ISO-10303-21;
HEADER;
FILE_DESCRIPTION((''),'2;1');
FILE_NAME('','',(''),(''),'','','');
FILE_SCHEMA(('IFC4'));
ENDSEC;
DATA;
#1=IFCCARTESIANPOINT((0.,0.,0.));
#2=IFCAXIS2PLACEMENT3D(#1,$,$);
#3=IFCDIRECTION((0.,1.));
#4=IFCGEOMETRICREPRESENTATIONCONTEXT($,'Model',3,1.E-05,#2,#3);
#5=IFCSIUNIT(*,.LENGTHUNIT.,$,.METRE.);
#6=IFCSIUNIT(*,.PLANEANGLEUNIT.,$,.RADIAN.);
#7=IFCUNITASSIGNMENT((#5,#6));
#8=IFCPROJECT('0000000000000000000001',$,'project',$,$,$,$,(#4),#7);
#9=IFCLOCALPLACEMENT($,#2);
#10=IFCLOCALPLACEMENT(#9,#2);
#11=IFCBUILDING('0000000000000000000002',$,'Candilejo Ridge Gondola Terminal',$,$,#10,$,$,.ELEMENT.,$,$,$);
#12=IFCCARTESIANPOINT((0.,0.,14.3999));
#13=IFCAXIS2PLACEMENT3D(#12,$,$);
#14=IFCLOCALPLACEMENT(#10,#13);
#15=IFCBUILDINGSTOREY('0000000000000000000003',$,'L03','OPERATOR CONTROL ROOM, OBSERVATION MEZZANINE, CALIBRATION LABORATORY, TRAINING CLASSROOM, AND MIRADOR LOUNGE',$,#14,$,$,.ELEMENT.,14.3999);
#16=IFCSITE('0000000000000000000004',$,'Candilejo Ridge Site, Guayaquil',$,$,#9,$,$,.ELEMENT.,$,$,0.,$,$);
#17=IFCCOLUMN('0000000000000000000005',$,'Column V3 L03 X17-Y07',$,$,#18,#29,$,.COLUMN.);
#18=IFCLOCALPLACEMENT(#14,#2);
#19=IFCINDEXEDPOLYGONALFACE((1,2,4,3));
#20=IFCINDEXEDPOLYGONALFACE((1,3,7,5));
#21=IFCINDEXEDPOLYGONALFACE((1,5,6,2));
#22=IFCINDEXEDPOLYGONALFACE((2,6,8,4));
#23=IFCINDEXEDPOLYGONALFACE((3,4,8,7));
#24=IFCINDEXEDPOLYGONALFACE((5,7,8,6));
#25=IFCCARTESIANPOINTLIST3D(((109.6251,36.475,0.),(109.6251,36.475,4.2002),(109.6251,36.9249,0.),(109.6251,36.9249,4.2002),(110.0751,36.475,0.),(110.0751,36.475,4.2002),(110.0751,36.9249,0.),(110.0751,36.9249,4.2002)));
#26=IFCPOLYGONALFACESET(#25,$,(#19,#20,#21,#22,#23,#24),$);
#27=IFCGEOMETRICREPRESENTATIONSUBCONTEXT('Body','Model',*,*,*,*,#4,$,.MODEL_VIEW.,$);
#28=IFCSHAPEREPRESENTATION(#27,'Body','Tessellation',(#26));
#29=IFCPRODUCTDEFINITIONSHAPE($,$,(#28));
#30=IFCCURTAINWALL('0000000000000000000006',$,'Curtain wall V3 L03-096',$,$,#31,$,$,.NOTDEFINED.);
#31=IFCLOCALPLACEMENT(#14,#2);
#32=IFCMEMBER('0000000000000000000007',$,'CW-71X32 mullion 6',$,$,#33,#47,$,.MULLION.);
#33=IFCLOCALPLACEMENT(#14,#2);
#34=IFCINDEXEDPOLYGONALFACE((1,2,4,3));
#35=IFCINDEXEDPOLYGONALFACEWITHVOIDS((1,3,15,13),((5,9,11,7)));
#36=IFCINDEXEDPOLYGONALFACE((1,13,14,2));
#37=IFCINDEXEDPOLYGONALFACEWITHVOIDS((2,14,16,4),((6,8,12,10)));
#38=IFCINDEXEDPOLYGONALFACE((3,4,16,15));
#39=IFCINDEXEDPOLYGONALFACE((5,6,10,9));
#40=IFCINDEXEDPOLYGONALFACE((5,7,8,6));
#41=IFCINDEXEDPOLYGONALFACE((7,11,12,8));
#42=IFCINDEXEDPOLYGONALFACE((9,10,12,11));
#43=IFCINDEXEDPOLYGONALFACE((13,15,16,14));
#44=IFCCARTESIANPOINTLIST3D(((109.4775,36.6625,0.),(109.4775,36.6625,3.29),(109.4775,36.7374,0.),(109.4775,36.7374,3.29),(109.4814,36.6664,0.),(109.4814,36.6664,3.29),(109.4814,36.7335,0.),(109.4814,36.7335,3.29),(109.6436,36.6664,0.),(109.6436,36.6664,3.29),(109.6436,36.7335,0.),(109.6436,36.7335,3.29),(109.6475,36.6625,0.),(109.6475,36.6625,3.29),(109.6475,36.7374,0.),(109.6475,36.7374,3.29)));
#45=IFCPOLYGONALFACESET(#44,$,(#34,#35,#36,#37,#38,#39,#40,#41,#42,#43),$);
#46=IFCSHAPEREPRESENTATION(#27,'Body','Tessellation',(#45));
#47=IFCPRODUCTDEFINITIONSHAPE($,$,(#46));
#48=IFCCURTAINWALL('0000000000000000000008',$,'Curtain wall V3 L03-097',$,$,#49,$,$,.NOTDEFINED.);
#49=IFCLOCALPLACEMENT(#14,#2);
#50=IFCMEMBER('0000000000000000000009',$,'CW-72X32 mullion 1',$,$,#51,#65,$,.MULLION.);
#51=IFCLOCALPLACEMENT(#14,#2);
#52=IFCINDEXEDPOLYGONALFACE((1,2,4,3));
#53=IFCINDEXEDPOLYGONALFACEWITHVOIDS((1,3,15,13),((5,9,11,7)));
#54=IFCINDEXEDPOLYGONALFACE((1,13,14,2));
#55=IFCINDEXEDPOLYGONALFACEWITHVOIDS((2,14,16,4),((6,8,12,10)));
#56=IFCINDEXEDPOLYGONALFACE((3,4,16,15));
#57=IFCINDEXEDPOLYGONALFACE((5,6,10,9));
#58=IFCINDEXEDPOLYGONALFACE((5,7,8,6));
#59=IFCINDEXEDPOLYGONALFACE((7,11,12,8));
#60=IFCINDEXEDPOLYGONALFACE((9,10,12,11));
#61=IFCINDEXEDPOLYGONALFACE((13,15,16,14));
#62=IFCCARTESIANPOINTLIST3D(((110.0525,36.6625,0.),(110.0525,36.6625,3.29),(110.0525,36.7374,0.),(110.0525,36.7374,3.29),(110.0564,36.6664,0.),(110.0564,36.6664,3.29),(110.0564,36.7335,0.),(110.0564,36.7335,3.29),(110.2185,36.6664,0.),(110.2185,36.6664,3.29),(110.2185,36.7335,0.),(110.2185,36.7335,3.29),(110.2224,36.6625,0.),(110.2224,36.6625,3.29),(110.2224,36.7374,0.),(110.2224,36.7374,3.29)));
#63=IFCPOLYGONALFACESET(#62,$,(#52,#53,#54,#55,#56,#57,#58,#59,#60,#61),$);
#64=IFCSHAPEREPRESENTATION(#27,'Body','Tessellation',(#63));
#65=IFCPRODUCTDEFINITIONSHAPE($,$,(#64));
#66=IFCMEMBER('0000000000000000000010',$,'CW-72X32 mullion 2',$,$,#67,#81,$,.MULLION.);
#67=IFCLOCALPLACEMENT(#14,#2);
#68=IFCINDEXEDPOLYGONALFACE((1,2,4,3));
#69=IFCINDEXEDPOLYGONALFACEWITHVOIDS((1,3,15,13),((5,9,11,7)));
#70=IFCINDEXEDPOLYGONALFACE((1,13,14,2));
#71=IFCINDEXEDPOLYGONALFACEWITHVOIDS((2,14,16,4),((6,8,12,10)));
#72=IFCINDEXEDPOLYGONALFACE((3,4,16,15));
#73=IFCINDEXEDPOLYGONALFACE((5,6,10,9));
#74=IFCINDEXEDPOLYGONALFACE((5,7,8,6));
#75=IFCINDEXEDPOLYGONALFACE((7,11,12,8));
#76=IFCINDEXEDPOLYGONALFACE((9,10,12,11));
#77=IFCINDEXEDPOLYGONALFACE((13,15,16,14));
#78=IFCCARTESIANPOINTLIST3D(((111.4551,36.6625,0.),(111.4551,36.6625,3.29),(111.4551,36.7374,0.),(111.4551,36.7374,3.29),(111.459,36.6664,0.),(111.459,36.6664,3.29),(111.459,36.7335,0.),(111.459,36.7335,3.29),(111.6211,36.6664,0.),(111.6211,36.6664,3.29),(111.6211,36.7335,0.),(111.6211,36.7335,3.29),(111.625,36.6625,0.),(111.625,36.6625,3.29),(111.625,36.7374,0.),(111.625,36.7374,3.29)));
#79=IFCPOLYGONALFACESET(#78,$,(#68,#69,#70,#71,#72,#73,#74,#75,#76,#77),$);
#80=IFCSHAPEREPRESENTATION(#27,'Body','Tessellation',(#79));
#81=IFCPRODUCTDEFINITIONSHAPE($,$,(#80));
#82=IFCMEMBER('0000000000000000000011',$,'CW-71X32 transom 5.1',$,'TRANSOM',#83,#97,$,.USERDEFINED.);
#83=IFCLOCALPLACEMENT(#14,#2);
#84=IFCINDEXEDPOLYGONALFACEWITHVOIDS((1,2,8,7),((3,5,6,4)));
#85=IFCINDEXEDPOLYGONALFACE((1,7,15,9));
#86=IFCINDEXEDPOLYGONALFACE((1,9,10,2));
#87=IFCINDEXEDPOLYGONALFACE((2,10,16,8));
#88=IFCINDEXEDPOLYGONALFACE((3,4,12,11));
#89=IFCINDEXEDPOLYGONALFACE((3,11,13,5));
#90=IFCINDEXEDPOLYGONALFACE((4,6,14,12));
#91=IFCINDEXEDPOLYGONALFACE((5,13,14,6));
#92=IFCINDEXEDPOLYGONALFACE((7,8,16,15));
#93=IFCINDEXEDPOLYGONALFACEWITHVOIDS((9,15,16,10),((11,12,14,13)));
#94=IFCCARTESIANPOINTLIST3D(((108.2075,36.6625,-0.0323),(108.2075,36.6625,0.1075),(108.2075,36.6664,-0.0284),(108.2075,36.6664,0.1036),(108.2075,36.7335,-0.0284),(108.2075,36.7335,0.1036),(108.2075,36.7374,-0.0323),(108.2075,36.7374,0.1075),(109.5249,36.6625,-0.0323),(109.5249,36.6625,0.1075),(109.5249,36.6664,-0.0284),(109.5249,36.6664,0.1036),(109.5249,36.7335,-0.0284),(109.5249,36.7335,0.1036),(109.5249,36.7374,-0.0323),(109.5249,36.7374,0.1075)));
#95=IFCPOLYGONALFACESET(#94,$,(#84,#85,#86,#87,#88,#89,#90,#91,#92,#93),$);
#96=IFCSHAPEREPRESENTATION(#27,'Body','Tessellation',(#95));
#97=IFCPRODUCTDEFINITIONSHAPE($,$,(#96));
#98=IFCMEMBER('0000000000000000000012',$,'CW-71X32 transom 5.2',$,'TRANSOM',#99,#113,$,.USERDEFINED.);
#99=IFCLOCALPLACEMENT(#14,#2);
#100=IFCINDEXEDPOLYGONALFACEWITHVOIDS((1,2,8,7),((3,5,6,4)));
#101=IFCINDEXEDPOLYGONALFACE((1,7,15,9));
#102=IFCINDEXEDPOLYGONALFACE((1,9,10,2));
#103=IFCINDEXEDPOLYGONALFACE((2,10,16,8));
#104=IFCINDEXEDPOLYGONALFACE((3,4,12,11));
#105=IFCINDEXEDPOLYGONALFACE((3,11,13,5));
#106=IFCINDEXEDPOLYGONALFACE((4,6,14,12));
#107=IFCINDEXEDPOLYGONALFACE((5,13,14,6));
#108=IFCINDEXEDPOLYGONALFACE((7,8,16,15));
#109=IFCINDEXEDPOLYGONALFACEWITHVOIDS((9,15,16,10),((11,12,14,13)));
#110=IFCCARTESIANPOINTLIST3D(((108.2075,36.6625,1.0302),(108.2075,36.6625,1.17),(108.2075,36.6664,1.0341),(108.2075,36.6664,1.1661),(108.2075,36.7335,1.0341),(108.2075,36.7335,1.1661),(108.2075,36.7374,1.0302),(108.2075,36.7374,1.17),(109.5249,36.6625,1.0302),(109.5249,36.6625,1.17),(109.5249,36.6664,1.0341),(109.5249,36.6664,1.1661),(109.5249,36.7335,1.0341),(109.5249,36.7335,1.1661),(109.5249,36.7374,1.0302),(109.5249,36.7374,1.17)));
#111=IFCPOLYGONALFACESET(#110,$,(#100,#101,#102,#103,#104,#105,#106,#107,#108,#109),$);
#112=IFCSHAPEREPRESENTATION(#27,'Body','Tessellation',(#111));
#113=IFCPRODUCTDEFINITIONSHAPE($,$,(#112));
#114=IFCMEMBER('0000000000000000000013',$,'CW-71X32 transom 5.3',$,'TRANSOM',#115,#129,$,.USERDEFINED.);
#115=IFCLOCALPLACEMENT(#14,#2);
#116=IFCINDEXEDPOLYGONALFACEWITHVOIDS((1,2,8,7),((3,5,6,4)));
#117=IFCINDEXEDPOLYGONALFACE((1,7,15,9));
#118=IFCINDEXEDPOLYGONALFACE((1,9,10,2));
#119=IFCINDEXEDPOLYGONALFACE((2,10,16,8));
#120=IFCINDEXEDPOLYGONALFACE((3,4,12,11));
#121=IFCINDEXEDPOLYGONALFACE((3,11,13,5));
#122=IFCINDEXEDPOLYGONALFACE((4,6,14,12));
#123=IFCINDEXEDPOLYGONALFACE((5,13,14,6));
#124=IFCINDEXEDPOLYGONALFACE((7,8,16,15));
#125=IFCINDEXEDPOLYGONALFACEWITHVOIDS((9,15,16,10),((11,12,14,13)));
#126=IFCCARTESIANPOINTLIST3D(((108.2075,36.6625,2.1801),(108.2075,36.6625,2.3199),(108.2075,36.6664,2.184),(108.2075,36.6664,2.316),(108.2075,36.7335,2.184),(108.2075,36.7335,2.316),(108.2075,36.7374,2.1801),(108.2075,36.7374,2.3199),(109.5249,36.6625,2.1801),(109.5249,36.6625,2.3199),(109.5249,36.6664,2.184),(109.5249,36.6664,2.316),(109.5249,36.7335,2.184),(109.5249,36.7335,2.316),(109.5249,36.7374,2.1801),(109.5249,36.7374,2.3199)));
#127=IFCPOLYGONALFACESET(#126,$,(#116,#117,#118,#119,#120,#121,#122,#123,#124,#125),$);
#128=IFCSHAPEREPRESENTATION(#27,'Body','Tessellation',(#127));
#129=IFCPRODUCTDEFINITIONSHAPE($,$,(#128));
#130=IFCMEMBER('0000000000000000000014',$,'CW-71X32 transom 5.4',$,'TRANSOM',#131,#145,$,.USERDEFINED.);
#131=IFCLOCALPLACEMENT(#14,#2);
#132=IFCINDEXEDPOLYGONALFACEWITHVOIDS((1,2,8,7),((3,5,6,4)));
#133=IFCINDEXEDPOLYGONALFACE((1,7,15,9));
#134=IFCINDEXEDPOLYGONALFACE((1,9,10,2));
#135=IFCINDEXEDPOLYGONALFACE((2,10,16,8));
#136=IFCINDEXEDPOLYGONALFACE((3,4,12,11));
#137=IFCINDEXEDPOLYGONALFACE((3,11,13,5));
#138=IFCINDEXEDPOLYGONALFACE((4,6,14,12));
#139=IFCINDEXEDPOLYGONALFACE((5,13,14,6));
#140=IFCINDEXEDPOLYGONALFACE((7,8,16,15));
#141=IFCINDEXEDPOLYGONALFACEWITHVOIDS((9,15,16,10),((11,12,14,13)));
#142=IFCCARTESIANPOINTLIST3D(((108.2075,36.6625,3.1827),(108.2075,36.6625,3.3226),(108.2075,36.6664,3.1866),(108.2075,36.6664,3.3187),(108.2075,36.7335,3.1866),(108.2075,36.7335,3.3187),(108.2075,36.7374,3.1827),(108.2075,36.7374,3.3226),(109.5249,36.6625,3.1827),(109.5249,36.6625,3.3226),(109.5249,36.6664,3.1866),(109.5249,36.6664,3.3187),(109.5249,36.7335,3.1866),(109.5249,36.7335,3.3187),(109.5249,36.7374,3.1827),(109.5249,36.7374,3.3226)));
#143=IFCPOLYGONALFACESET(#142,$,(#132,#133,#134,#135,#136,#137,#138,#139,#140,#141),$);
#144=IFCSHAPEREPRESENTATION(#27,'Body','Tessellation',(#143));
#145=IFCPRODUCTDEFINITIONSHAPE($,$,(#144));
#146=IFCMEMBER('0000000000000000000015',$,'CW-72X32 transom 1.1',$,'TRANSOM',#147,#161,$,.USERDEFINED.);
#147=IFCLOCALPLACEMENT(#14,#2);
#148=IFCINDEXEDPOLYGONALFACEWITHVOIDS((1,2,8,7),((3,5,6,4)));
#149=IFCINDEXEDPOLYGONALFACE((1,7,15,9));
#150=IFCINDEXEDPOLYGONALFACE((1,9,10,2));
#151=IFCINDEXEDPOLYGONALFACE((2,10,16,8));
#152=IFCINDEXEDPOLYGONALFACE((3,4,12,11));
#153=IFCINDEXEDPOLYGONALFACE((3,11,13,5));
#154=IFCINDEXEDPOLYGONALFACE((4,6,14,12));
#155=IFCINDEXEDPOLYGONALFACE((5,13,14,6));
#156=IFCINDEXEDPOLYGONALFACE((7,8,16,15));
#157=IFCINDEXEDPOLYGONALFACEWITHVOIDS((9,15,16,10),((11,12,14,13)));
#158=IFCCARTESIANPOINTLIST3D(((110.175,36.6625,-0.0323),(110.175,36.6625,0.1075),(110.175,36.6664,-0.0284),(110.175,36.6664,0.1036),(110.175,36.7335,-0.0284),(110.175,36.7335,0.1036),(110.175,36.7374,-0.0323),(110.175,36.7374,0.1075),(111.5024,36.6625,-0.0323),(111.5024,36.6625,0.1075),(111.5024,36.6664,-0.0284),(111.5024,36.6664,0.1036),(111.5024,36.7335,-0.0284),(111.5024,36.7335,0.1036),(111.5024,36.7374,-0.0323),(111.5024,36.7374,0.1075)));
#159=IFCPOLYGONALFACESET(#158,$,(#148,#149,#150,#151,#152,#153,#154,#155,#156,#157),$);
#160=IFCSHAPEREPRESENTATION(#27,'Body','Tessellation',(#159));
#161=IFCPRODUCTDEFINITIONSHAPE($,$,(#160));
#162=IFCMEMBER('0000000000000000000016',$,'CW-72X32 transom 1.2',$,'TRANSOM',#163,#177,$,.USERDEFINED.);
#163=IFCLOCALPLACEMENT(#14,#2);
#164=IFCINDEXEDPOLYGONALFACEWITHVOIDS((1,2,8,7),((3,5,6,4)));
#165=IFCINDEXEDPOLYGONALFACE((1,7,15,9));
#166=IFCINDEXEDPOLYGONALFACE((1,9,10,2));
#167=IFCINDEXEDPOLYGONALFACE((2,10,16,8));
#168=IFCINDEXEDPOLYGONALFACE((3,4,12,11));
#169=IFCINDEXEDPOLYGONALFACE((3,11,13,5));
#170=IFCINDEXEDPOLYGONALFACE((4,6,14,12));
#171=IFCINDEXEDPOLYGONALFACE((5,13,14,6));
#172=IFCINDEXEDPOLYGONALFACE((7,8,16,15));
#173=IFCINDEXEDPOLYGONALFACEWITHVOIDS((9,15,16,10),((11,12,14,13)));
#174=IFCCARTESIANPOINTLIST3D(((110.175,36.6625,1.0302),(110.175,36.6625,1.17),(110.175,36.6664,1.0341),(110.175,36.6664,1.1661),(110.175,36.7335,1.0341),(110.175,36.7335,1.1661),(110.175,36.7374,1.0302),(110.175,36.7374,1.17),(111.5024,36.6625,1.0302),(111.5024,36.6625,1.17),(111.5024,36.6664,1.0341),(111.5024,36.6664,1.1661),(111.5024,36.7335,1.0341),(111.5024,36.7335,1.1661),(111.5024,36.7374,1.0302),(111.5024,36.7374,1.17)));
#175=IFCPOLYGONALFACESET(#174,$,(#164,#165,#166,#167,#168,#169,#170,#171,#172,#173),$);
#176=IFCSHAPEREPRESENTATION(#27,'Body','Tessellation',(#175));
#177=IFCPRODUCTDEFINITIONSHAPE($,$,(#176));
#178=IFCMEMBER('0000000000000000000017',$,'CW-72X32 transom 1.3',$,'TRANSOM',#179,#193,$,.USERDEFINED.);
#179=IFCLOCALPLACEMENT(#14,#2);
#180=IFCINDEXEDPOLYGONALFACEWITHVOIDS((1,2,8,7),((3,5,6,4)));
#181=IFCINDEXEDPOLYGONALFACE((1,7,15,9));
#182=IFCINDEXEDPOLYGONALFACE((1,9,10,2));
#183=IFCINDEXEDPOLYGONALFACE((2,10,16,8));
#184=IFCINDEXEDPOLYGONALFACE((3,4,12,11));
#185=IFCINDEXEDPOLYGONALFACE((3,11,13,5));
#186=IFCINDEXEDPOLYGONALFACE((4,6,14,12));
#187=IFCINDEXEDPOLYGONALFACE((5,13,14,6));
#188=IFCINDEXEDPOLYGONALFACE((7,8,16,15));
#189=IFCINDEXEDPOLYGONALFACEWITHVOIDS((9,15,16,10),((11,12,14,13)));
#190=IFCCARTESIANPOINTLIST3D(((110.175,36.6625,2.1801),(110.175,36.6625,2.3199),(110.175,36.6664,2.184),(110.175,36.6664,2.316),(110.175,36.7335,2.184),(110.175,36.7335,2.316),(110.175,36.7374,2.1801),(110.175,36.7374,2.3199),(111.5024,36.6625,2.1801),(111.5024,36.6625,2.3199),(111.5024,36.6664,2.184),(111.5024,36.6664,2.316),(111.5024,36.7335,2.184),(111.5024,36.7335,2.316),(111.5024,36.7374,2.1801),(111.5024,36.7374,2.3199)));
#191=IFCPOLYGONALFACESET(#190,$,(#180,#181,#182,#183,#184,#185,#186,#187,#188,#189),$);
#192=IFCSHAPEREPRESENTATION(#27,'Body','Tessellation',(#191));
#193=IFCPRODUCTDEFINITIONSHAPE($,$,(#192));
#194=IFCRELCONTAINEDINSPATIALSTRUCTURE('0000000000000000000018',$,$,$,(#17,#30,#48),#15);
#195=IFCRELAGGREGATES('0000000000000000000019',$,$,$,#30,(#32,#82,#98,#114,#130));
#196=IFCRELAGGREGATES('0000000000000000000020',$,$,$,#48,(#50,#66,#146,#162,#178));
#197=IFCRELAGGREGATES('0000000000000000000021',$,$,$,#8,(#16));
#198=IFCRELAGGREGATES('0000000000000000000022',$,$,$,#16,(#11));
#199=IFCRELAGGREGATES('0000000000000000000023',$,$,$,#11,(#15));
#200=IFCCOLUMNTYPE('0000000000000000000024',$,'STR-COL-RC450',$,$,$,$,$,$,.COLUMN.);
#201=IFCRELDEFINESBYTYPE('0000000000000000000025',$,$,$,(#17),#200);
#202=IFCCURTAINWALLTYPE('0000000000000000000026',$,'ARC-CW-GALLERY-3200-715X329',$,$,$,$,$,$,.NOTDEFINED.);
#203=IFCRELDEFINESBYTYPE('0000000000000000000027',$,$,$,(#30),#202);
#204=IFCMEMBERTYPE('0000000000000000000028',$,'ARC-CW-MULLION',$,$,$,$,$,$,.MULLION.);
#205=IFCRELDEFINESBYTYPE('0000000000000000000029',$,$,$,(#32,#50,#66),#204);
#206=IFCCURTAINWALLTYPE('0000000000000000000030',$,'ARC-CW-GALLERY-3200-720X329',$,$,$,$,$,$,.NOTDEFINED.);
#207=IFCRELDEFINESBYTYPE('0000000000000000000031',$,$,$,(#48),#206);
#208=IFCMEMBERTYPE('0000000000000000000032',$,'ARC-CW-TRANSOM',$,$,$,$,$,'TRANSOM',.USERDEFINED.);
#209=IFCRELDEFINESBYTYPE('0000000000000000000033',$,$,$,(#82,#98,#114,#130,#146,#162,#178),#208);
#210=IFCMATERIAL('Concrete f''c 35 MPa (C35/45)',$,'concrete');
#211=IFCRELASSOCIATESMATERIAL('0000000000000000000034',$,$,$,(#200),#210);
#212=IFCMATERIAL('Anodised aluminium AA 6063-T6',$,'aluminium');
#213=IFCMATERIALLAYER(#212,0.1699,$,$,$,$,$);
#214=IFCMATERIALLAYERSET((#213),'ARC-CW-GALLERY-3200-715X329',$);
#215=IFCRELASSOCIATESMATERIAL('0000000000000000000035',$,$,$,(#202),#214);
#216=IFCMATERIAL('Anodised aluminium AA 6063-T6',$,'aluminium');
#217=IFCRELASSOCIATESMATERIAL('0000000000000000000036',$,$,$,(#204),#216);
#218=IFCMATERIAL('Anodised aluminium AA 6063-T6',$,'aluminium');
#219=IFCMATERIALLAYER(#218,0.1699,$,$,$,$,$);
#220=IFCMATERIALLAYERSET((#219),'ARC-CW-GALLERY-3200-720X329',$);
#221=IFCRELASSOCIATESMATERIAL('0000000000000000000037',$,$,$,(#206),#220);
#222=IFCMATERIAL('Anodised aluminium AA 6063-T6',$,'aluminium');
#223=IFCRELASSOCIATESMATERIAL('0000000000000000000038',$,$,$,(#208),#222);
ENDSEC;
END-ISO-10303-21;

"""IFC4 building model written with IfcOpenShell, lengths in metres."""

from ifc_helpers import new_model, si_unit, direction, frame, origin, origin_2d, place, context, subcontext, project, spatial, rectangle, hollow_rectangle, extrude, material, layer, layer_set, material_profile, profile_set, type_object, element, aggregate, save


model = new_model("IFC4")

# Units and contexts
model_context = context("Model", 3, precision=1e-05, world=origin(), true_north=direction((0.0, 1.0)))
body_context = subcontext(model_context, "Body", "Model", "MODEL_VIEW")
ifc_project = project(units=[si_unit("LENGTHUNIT", "METRE"), si_unit("PLANEANGLEUNIT", "RADIAN")], contexts=[model_context])

# Site, building, storey
site_placement = place(None, origin())
site = spatial("IfcSite", under=ifc_project, at=site_placement, Name="Candilejo Ridge Site, Guayaquil", CompositionType="ELEMENT", RefElevation=0.0)
building_placement = place(site_placement, origin())
building = spatial("IfcBuilding", under=site, at=building_placement, Name="Candilejo Ridge Gondola Terminal", CompositionType="ELEMENT")
storey_placement = place(building_placement, frame((0.0, 0.0, 14.3999)))
storey = spatial("IfcBuildingStorey", under=building, at=storey_placement, Name="L03", Description="OPERATOR CONTROL ROOM, OBSERVATION MEZZANINE, CALIBRATION LABORATORY, TRAINING CLASSROOM, AND MIRADOR LOUNGE", CompositionType="ELEMENT", Elevation=14.3999)

# Column
ifc_material_1 = material(Name="Concrete f'c 35 MPa (C35/45)", Category="concrete")
ifc_material_profile_1 = material_profile(ifc_material_1, rectangle(XDim=0.45, YDim=0.45, at=origin_2d()))
ifc_profile_set_1 = profile_set([ifc_material_profile_1], Name="Concrete f'c 35 MPa (C35/45)")
column_type = type_object("IfcColumnType", Name="STR-COL-RC450", PredefinedType="COLUMN", material=ifc_profile_set_1)
column_placement = place(storey_placement, frame((109.8501, 36.7, 0.0), z_axis=(0.0, 0.0, 1.0), x_axis=(1.0, 0.0, 0.0)))
element("IfcColumn", 1, at=column_placement, inside=storey, type_object=column_type, Name="Column V3 L03 X17-Y07", PredefinedType="COLUMN", context=body_context, shape_type="SweptSolid", body=[
    extrude(rectangle(XDim=0.45, YDim=0.45, at=origin_2d()), origin(), (0.0, 0.0, 1.0), 4.2002),
])

# Curtain wall, member
ifc_material_2 = material(Name="Anodised aluminium AA 6063-T6", Category="aluminium")
ifc_layer_1 = layer(ifc_material_2, 0.1699)
ifc_layer_set_1 = layer_set([ifc_layer_1], Name="ARC-CW-GALLERY-3200-715X329")
curtain_wall_type_1 = type_object("IfcCurtainWallType", Name="ARC-CW-GALLERY-3200-715X329", PredefinedType="NOTDEFINED", material=ifc_layer_set_1)
curtain_wall_1_placement = place(storey_placement, origin())
curtain_wall_1 = element("IfcCurtainWall", 2, at=curtain_wall_1_placement, inside=storey, type_object=curtain_wall_type_1, Name="Curtain wall V3 L03-096", PredefinedType="NOTDEFINED")
ifc_material_3 = material(Name="Anodised aluminium AA 6063-T6", Category="aluminium")
ifc_material_profile_2 = material_profile(ifc_material_3, hollow_rectangle(XDim=0.075, YDim=0.1699, WallThickness=0.0039, at=origin_2d()))
ifc_profile_set_2 = profile_set([ifc_material_profile_2], Name="Anodised aluminium AA 6063-T6")
member_type_1 = type_object("IfcMemberType", Name="ARC-CW-MULLION", PredefinedType="MULLION", material=ifc_profile_set_2)
member_1_placement = place(storey_placement, frame((109.5625, 36.7, 0.0), z_axis=(0.0, 0.0, 1.0), x_axis=(0.0, 1.0, 0.0)))
member_1 = element("IfcMember", 3, at=member_1_placement, type_object=member_type_1, Name="CW-71X32 mullion 6", PredefinedType="MULLION", context=body_context, shape_type="SweptSolid", body=[
    extrude(hollow_rectangle(XDim=0.075, YDim=0.1699, WallThickness=0.0039, at=origin_2d()), origin(), (0.0, 0.0, 1.0), 3.29),
])

# Curtain wall, members
ifc_material_4 = material(Name="Anodised aluminium AA 6063-T6", Category="aluminium")
ifc_layer_2 = layer(ifc_material_4, 0.1699)
ifc_layer_set_2 = layer_set([ifc_layer_2], Name="ARC-CW-GALLERY-3200-720X329")
curtain_wall_type_2 = type_object("IfcCurtainWallType", Name="ARC-CW-GALLERY-3200-720X329", PredefinedType="NOTDEFINED", material=ifc_layer_set_2)
curtain_wall_2_placement = place(storey_placement, origin())
curtain_wall_2 = element("IfcCurtainWall", 4, at=curtain_wall_2_placement, inside=storey, type_object=curtain_wall_type_2, Name="Curtain wall V3 L03-097", PredefinedType="NOTDEFINED")
member_2_placement = place(storey_placement, frame((110.1375, 36.7, 0.0), z_axis=(0.0, 0.0, 1.0), x_axis=(0.0, 1.0, 0.0)))
member_2 = element("IfcMember", 5, at=member_2_placement, type_object=member_type_1, Name="CW-72X32 mullion 1", PredefinedType="MULLION", context=body_context, shape_type="SweptSolid", body=[
    extrude(hollow_rectangle(XDim=0.075, YDim=0.1699, WallThickness=0.0039, at=origin_2d()), origin(), (0.0, 0.0, 1.0), 3.29),
])
member_3_placement = place(storey_placement, frame((111.54, 36.7, 0.0), z_axis=(0.0, 0.0, 1.0), x_axis=(0.0, 1.0, 0.0)))
member_3 = element("IfcMember", 6, at=member_3_placement, type_object=member_type_1, Name="CW-72X32 mullion 2", PredefinedType="MULLION", context=body_context, shape_type="SweptSolid", body=[
    extrude(hollow_rectangle(XDim=0.075, YDim=0.1699, WallThickness=0.0039, at=origin_2d()), origin(), (0.0, 0.0, 1.0), 3.29),
])

# Members
ifc_material_5 = material(Name="Anodised aluminium AA 6063-T6", Category="aluminium")
ifc_material_profile_3 = material_profile(ifc_material_5, hollow_rectangle(XDim=0.075, YDim=0.1399, WallThickness=0.0039, at=origin_2d()))
ifc_profile_set_3 = profile_set([ifc_material_profile_3], Name="Anodised aluminium AA 6063-T6")
member_type_2 = type_object("IfcMemberType", Name="ARC-CW-TRANSOM", ElementType="TRANSOM", PredefinedType="USERDEFINED", material=ifc_profile_set_3)
member_4_placement = place(storey_placement, frame((108.2075, 36.7, 0.0376), z_axis=(1.0, 0.0, 0.0), x_axis=(0.0, 1.0, 0.0)))
member_4 = element("IfcMember", 7, at=member_4_placement, type_object=member_type_2, Name="CW-71X32 transom 5.1", ObjectType="TRANSOM", PredefinedType="USERDEFINED", context=body_context, shape_type="SweptSolid", body=[
    extrude(hollow_rectangle(XDim=0.075, YDim=0.1399, WallThickness=0.0039, at=origin_2d()), origin(), (0.0, 0.0, 1.0), 1.3174),
])
member_5_placement = place(storey_placement, frame((108.2075, 36.7, 1.1001), z_axis=(1.0, 0.0, 0.0), x_axis=(0.0, 1.0, 0.0)))
member_5 = element("IfcMember", 8, at=member_5_placement, type_object=member_type_2, Name="CW-71X32 transom 5.2", ObjectType="TRANSOM", PredefinedType="USERDEFINED", context=body_context, shape_type="SweptSolid", body=[
    extrude(hollow_rectangle(XDim=0.075, YDim=0.1399, WallThickness=0.0039, at=origin_2d()), origin(), (0.0, 0.0, 1.0), 1.3174),
])
member_6_placement = place(storey_placement, frame((108.2075, 36.7, 2.25), z_axis=(1.0, 0.0, 0.0), x_axis=(0.0, 1.0, 0.0)))
member_6 = element("IfcMember", 9, at=member_6_placement, type_object=member_type_2, Name="CW-71X32 transom 5.3", ObjectType="TRANSOM", PredefinedType="USERDEFINED", context=body_context, shape_type="SweptSolid", body=[
    extrude(hollow_rectangle(XDim=0.075, YDim=0.1399, WallThickness=0.0039, at=origin_2d()), origin(), (0.0, 0.0, 1.0), 1.3174),
])
member_7_placement = place(storey_placement, frame((108.2075, 36.7, 3.2527), z_axis=(1.0, 0.0, 0.0), x_axis=(0.0, 1.0, 0.0)))
member_7 = element("IfcMember", 10, at=member_7_placement, type_object=member_type_2, Name="CW-71X32 transom 5.4", ObjectType="TRANSOM", PredefinedType="USERDEFINED", context=body_context, shape_type="SweptSolid", body=[
    extrude(hollow_rectangle(XDim=0.075, YDim=0.1399, WallThickness=0.0039, at=origin_2d()), origin(), (0.0, 0.0, 1.0), 1.3174),
])
member_8_placement = place(storey_placement, frame((110.175, 36.7, 0.0376), z_axis=(1.0, 0.0, 0.0), x_axis=(0.0, 1.0, 0.0)))
member_8 = element("IfcMember", 11, at=member_8_placement, type_object=member_type_2, Name="CW-72X32 transom 1.1", ObjectType="TRANSOM", PredefinedType="USERDEFINED", context=body_context, shape_type="SweptSolid", body=[
    extrude(hollow_rectangle(XDim=0.075, YDim=0.1399, WallThickness=0.0039, at=origin_2d()), origin(), (0.0, 0.0, 1.0), 1.3274),
])
member_9_placement = place(storey_placement, frame((110.175, 36.7, 1.1001), z_axis=(1.0, 0.0, 0.0), x_axis=(0.0, 1.0, 0.0)))
member_9 = element("IfcMember", 12, at=member_9_placement, type_object=member_type_2, Name="CW-72X32 transom 1.2", ObjectType="TRANSOM", PredefinedType="USERDEFINED", context=body_context, shape_type="SweptSolid", body=[
    extrude(hollow_rectangle(XDim=0.075, YDim=0.1399, WallThickness=0.0039, at=origin_2d()), origin(), (0.0, 0.0, 1.0), 1.3274),
])
member_10_placement = place(storey_placement, frame((110.175, 36.7, 2.25), z_axis=(1.0, 0.0, 0.0), x_axis=(0.0, 1.0, 0.0)))
member_10 = element("IfcMember", 13, at=member_10_placement, type_object=member_type_2, Name="CW-72X32 transom 1.3", ObjectType="TRANSOM", PredefinedType="USERDEFINED", context=body_context, shape_type="SweptSolid", body=[
    extrude(hollow_rectangle(XDim=0.075, YDim=0.1399, WallThickness=0.0039, at=origin_2d()), origin(), (0.0, 0.0, 1.0), 1.3274),
])

aggregate(curtain_wall_1, [member_1, member_4, member_5, member_6, member_7])
aggregate(curtain_wall_2, [member_2, member_3, member_8, member_9, member_10])

save(model, "model.ifc")
